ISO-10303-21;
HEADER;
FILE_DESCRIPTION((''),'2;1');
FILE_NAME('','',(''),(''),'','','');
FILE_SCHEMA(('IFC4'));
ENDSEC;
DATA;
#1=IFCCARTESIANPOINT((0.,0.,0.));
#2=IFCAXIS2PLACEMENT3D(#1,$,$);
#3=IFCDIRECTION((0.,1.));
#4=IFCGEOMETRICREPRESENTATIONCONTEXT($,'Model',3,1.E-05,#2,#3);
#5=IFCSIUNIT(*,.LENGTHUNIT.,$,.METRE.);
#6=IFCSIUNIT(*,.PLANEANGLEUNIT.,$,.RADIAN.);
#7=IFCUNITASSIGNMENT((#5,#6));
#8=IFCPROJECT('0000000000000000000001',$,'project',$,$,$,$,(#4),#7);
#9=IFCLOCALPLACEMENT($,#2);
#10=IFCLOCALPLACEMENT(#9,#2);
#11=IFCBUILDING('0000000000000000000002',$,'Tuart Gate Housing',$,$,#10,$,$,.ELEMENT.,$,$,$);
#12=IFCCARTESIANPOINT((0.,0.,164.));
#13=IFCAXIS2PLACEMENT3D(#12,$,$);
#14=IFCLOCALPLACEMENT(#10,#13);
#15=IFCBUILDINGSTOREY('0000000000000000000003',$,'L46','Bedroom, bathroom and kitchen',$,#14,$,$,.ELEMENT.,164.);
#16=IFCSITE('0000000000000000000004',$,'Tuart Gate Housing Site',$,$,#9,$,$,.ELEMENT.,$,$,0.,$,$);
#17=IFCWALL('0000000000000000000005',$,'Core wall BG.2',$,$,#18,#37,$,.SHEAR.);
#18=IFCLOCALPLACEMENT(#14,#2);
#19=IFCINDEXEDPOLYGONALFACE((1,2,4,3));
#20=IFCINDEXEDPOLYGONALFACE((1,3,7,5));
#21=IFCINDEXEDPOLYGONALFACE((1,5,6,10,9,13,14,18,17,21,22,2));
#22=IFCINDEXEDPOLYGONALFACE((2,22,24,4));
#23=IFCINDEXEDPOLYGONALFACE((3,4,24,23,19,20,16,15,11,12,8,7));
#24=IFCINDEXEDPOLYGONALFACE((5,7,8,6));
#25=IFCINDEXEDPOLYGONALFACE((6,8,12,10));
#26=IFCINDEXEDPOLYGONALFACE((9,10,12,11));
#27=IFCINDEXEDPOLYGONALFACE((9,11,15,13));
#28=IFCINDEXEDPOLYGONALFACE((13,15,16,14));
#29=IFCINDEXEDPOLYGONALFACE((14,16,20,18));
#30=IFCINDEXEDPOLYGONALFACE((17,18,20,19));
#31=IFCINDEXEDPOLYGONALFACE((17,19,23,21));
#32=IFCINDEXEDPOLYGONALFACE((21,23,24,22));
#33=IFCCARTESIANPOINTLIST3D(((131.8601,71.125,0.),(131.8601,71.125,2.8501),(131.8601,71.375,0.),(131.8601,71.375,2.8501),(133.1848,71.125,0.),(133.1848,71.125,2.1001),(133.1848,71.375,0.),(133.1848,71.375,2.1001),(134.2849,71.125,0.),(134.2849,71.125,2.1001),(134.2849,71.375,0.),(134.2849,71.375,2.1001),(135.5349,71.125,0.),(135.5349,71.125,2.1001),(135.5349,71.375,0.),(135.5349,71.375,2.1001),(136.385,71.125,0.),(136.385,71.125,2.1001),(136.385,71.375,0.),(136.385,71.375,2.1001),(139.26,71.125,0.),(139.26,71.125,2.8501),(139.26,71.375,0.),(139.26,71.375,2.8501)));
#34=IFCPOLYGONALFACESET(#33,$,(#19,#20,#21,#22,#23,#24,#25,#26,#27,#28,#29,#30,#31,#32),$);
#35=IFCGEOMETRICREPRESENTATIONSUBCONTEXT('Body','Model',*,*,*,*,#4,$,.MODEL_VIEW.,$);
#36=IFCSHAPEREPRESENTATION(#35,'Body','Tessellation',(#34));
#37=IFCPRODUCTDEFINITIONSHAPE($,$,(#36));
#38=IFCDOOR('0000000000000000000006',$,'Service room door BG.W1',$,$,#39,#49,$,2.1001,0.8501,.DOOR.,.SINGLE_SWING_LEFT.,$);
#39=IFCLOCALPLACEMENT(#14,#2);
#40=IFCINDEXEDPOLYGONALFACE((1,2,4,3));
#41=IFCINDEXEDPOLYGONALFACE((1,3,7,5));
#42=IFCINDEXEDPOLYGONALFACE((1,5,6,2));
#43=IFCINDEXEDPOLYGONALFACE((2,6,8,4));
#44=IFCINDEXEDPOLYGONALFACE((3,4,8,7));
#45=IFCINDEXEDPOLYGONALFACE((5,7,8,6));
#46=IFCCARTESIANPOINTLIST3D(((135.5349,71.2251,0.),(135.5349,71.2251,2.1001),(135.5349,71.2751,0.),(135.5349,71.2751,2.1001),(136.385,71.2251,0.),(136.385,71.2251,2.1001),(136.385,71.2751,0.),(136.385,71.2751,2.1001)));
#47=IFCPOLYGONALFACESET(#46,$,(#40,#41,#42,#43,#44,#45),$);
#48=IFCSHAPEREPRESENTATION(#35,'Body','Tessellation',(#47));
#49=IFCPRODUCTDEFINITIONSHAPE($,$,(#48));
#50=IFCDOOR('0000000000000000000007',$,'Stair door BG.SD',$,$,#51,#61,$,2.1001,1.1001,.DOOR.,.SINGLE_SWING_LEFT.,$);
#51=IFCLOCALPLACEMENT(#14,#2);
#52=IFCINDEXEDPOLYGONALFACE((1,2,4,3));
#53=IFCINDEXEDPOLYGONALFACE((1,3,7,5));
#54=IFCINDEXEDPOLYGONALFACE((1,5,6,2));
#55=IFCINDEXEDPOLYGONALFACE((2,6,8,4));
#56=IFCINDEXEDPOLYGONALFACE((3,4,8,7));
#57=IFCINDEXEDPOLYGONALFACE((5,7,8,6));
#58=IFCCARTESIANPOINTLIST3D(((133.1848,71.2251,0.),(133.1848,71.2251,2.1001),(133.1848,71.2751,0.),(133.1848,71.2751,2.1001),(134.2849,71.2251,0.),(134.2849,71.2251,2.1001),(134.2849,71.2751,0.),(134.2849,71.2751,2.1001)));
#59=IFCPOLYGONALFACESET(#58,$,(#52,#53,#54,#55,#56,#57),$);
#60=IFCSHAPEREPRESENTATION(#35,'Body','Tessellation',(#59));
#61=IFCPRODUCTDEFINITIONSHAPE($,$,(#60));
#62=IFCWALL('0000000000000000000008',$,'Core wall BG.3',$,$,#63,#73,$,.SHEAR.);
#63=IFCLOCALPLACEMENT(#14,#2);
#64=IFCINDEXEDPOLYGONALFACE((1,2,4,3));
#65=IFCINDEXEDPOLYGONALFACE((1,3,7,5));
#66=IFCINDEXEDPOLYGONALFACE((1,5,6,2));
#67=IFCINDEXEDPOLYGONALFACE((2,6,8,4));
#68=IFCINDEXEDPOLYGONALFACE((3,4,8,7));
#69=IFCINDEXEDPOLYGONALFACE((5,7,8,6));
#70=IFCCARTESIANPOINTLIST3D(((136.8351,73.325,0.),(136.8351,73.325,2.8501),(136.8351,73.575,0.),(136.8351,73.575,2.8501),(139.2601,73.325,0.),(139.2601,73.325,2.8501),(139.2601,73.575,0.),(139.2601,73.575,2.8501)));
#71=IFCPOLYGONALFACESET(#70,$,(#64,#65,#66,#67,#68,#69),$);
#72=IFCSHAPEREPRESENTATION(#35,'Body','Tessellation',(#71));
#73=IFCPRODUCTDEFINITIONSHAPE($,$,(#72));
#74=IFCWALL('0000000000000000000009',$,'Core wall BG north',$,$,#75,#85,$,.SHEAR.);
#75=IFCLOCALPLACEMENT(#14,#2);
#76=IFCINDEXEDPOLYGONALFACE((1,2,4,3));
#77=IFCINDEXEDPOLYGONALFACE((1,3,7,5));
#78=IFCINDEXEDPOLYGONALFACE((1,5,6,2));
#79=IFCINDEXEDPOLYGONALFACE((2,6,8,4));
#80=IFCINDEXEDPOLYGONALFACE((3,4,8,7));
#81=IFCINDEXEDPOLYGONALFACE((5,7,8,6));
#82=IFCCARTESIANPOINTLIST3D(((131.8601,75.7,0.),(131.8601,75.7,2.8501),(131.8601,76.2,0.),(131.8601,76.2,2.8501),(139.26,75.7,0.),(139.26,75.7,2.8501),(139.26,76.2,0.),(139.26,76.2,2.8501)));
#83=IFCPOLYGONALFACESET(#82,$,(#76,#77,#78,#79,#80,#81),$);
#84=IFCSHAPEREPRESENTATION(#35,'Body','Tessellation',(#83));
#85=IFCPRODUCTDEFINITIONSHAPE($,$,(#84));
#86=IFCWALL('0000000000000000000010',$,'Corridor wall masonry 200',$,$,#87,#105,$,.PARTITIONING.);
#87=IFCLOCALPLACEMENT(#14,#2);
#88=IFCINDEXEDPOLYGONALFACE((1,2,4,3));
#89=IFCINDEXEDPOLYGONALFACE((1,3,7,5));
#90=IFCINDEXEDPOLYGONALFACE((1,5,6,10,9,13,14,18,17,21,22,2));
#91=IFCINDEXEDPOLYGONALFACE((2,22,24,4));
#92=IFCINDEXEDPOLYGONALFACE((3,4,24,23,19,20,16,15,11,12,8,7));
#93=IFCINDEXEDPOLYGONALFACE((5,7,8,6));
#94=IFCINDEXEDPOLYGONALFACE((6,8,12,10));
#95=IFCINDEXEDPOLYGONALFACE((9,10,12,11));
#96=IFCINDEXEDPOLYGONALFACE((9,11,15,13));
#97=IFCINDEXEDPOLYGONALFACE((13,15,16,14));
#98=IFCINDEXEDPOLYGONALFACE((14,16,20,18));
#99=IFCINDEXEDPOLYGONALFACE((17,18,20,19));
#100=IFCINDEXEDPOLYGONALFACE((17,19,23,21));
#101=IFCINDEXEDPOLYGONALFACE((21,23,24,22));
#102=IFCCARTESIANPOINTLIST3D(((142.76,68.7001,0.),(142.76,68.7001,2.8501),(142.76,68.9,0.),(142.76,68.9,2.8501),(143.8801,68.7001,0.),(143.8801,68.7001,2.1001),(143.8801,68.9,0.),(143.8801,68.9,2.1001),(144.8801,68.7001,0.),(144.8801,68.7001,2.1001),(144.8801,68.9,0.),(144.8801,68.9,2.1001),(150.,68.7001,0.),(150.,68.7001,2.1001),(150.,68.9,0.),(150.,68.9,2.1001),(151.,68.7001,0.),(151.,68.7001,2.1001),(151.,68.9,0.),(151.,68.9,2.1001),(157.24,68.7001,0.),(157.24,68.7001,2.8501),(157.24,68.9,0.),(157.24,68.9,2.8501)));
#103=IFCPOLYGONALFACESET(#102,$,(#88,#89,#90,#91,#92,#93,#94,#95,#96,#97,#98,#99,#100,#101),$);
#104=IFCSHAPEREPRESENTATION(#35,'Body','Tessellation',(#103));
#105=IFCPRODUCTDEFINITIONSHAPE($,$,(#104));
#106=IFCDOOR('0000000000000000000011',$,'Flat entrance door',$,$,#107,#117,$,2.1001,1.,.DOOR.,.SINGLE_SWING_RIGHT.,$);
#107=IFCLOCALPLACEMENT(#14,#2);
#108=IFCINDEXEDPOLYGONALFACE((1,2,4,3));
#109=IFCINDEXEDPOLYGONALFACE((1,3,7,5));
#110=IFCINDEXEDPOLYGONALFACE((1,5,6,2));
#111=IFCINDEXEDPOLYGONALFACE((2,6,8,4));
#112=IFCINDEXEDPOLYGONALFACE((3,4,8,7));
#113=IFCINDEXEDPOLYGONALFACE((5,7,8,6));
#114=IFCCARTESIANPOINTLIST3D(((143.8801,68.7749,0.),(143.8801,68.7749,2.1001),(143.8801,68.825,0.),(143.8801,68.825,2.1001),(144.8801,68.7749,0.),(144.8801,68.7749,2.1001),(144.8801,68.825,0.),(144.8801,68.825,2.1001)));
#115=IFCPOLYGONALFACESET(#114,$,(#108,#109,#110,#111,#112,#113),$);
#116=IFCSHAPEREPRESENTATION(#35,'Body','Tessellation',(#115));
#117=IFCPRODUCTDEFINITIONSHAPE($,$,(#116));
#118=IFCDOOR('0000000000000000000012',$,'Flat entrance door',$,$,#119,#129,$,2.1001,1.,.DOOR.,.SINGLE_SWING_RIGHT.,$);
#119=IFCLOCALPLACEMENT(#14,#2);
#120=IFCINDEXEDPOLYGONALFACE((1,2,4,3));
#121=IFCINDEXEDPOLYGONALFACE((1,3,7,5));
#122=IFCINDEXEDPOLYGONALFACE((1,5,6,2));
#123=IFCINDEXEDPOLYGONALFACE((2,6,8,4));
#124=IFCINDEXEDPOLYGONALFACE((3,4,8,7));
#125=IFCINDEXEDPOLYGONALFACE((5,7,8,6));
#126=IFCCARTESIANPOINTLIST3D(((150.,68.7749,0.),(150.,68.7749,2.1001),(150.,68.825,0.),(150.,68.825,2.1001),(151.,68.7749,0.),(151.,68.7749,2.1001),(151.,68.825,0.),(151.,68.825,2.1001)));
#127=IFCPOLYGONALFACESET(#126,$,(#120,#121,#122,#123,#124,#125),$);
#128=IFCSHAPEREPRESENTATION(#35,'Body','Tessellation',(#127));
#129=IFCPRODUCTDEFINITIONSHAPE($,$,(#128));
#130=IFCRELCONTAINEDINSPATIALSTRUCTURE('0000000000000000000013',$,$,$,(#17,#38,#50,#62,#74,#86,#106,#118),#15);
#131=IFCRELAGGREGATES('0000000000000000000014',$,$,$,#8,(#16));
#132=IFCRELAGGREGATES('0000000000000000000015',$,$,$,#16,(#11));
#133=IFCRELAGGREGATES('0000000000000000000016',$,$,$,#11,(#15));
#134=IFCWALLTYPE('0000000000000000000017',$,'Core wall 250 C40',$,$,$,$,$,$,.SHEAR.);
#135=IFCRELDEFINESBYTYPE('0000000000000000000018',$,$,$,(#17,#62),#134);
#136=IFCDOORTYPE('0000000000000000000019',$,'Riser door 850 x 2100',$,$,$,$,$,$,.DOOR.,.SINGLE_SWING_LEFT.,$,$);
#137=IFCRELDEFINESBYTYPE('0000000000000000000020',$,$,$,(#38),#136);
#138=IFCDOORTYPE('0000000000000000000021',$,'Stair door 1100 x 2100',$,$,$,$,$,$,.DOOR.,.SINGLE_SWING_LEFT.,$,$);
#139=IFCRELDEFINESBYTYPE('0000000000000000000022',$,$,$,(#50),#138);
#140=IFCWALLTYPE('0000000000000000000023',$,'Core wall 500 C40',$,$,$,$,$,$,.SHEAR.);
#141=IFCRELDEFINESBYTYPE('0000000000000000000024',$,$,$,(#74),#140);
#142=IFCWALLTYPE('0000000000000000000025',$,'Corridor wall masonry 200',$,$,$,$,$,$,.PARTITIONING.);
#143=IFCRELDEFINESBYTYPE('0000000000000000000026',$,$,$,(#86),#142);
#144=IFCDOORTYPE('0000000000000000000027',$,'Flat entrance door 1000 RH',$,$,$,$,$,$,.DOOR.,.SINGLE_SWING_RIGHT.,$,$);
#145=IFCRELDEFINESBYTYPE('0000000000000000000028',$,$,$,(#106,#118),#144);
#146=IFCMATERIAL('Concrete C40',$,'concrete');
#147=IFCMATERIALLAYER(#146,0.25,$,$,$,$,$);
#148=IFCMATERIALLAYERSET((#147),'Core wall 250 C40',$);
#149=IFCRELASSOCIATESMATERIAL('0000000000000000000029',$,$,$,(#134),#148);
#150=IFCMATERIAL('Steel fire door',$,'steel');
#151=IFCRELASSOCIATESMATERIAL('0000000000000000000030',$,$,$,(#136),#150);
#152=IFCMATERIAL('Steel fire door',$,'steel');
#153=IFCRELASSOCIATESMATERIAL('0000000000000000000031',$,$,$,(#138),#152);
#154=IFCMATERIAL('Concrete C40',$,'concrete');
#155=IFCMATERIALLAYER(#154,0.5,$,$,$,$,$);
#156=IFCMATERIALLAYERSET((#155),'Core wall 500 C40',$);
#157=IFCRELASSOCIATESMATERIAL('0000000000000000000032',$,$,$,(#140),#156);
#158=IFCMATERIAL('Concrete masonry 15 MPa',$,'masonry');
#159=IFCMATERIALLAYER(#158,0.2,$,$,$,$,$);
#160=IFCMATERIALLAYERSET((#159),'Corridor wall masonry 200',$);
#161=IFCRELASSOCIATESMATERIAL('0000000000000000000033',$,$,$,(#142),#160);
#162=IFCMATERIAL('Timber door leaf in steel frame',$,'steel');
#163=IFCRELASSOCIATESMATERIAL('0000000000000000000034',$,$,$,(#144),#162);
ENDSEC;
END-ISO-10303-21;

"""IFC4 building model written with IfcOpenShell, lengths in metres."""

from ifc_helpers import new_model, si_unit, direction, frame, frame_2d, origin, place, context, subcontext, project, spatial, rectangle, extrude, material, layer, layer_set, type_object, element, fill, save


model = new_model("IFC4")

# Units and contexts
model_context = context("Model", 3, precision=1e-05, world=origin(), true_north=direction((0.0, 1.0)))
body_context = subcontext(model_context, "Body", "Model", "MODEL_VIEW")
ifc_project = project(units=[si_unit("LENGTHUNIT", "METRE"), si_unit("PLANEANGLEUNIT", "RADIAN")], contexts=[model_context])

# Site, building, storey
site_placement = place(None, origin())
site = spatial("IfcSite", under=ifc_project, at=site_placement, Name="Tuart Gate Housing Site", CompositionType="ELEMENT", RefElevation=0.0)
building_placement = place(site_placement, origin())
building = spatial("IfcBuilding", under=site, at=building_placement, Name="Tuart Gate Housing", CompositionType="ELEMENT")
storey_placement = place(building_placement, frame((0.0, 0.0, 164.0)))
storey = spatial("IfcBuildingStorey", under=building, at=storey_placement, Name="L46", Description="Bedroom, bathroom and kitchen", CompositionType="ELEMENT", Elevation=164.0)

# Wall, openings, doors
ifc_material_1 = material(Name="Concrete C40", Category="concrete")
ifc_layer_1 = layer(ifc_material_1, 0.25)
ifc_layer_set_1 = layer_set([ifc_layer_1], Name="Core wall 250 C40")
wall_type_1 = type_object("IfcWallType", Name="Core wall 250 C40", PredefinedType="SHEAR", material=ifc_layer_set_1)
wall_1_placement = place(storey_placement, frame((139.26, 71.25, 0.0), z_axis=(0.0, 0.0, 1.0), x_axis=(-1.0, 0.0, 0.0)))
wall_1 = element("IfcWall", 1, at=wall_1_placement, inside=storey, type_object=wall_type_1, Name="Core wall BG.2", PredefinedType="SHEAR", context=body_context, shape_type="SweptSolid", body=[
    extrude(rectangle(XDim=7.3999, YDim=0.25, at=frame_2d((3.7, 0.0))), origin(), (0.0, 0.0, 1.0), 2.8501),
])
opening_1_placement = place(wall_1_placement, frame((4.9751, 0.0, 0.0)))
opening_1 = element("IfcOpeningElement", 2, at=opening_1_placement, cuts=wall_1, PredefinedType="OPENING", context=body_context, shape_type="SweptSolid", body=[
    extrude(rectangle(XDim=1.1001, YDim=2.1001, at=frame_2d((0.55, 1.05))), frame((0.0, 0.135, 0.0), z_axis=(0.0, -1.0, 0.0), x_axis=(1.0, 0.0, 0.0)), (0.0, 0.0, 1.0), 0.27),
])
opening_2_placement = place(wall_1_placement, frame((2.875, 0.0, 0.0)))
opening_2 = element("IfcOpeningElement", 3, at=opening_2_placement, cuts=wall_1, PredefinedType="OPENING", context=body_context, shape_type="SweptSolid", body=[
    extrude(rectangle(XDim=0.8501, YDim=2.1001, at=frame_2d((0.425, 1.05))), frame((0.0, 0.135, 0.0), z_axis=(0.0, -1.0, 0.0), x_axis=(1.0, 0.0, 0.0)), (0.0, 0.0, 1.0), 0.27),
])
ifc_material_2 = material(Name="Steel fire door", Category="steel")
door_type_1 = type_object("IfcDoorType", Name="Riser door 850 x 2100", OperationType="SINGLE_SWING_LEFT", PredefinedType="DOOR", material=ifc_material_2)
door_1_placement = place(opening_2_placement, origin())
door_1 = element("IfcDoor", 4, at=door_1_placement, inside=storey, type_object=door_type_1, Name="Service room door BG.W1", OperationType="SINGLE_SWING_LEFT", OverallHeight=2.1001, OverallWidth=0.8501, PredefinedType="DOOR", context=body_context, shape_type="SweptSolid", body=[
    extrude(rectangle(XDim=0.8501, YDim=2.1001, at=frame_2d((0.425, 1.05))), frame((0.0, 0.0249, 0.0), z_axis=(0.0, -1.0, 0.0), x_axis=(1.0, 0.0, 0.0)), (0.0, 0.0, 1.0), 0.05),
])
fill(opening_2, door_1)
ifc_material_3 = material(Name="Steel fire door", Category="steel")
door_type_2 = type_object("IfcDoorType", Name="Stair door 1100 x 2100", OperationType="SINGLE_SWING_LEFT", PredefinedType="DOOR", material=ifc_material_3)
door_2_placement = place(opening_1_placement, origin())
door_2 = element("IfcDoor", 5, at=door_2_placement, inside=storey, type_object=door_type_2, Name="Stair door BG.SD", OperationType="SINGLE_SWING_LEFT", OverallHeight=2.1001, OverallWidth=1.1001, PredefinedType="DOOR", context=body_context, shape_type="SweptSolid", body=[
    extrude(rectangle(XDim=1.1001, YDim=2.1001, at=frame_2d((0.55, 1.05))), frame((0.0, 0.0249, 0.0), z_axis=(0.0, -1.0, 0.0), x_axis=(1.0, 0.0, 0.0)), (0.0, 0.0, 1.0), 0.05),
])
fill(opening_1, door_2)

# Walls
wall_2_placement = place(storey_placement, frame((139.26, 73.45, 0.0), z_axis=(0.0, 0.0, 1.0), x_axis=(-1.0, 0.0, 0.0)))
element("IfcWall", 6, at=wall_2_placement, inside=storey, type_object=wall_type_1, Name="Core wall BG.3", PredefinedType="SHEAR", context=body_context, shape_type="SweptSolid", body=[
    extrude(rectangle(XDim=2.425, YDim=0.25, at=frame_2d((1.2124, 0.0))), origin(), (0.0, 0.0, 1.0), 2.8501),
])
ifc_material_4 = material(Name="Concrete C40", Category="concrete")
ifc_layer_2 = layer(ifc_material_4, 0.5)
ifc_layer_set_2 = layer_set([ifc_layer_2], Name="Core wall 500 C40")
wall_type_2 = type_object("IfcWallType", Name="Core wall 500 C40", PredefinedType="SHEAR", material=ifc_layer_set_2)
wall_3_placement = place(storey_placement, frame((139.26, 75.95, 0.0), z_axis=(0.0, 0.0, 1.0), x_axis=(-1.0, 0.0, 0.0)))
element("IfcWall", 7, at=wall_3_placement, inside=storey, type_object=wall_type_2, Name="Core wall BG north", PredefinedType="SHEAR", context=body_context, shape_type="SweptSolid", body=[
    extrude(rectangle(XDim=7.3999, YDim=0.5, at=frame_2d((3.7, 0.0))), origin(), (0.0, 0.0, 1.0), 2.8501),
])

# Wall, openings, doors
ifc_material_5 = material(Name="Concrete masonry 15 MPa", Category="masonry")
ifc_layer_3 = layer(ifc_material_5, 0.2)
ifc_layer_set_3 = layer_set([ifc_layer_3], Name="Corridor wall masonry 200")
wall_type_3 = type_object("IfcWallType", Name="Corridor wall masonry 200", PredefinedType="PARTITIONING", material=ifc_layer_set_3)
wall_4_placement = place(storey_placement, frame((142.76, 68.8, 0.0), z_axis=(0.0, 0.0, 1.0), x_axis=(1.0, 0.0, 0.0)))
wall_4 = element("IfcWall", 8, at=wall_4_placement, inside=storey, type_object=wall_type_3, Name="Corridor wall masonry 200", PredefinedType="PARTITIONING", context=body_context, shape_type="SweptSolid", body=[
    extrude(rectangle(XDim=14.48, YDim=0.2, at=frame_2d((7.24, 0.0))), origin(), (0.0, 0.0, 1.0), 2.8501),
])
opening_3_placement = place(wall_4_placement, frame((1.1201, 0.0, 0.0)))
opening_3 = element("IfcOpeningElement", 9, at=opening_3_placement, cuts=wall_4, PredefinedType="OPENING", context=body_context, shape_type="SweptSolid", body=[
    extrude(rectangle(XDim=1.0, YDim=2.1001, at=frame_2d((0.5, 1.05))), frame((0.0, 0.1099, 0.0), z_axis=(0.0, -1.0, 0.0), x_axis=(1.0, 0.0, 0.0)), (0.0, 0.0, 1.0), 0.22),
])
opening_4_placement = place(wall_4_placement, frame((7.24, 0.0, 0.0)))
opening_4 = element("IfcOpeningElement", 10, at=opening_4_placement, cuts=wall_4, PredefinedType="OPENING", context=body_context, shape_type="SweptSolid", body=[
    extrude(rectangle(XDim=1.0, YDim=2.1001, at=frame_2d((0.5, 1.05))), frame((0.0, 0.1099, 0.0), z_axis=(0.0, -1.0, 0.0), x_axis=(1.0, 0.0, 0.0)), (0.0, 0.0, 1.0), 0.22),
])
ifc_material_6 = material(Name="Timber door leaf in steel frame", Category="steel")
door_type_3 = type_object("IfcDoorType", Name="Flat entrance door 1000 RH", OperationType="SINGLE_SWING_RIGHT", PredefinedType="DOOR", material=ifc_material_6)
door_3_placement = place(opening_3_placement, frame((1.0, 0.0, 0.0), z_axis=(0.0, 0.0, 1.0), x_axis=(-1.0, 0.0, 0.0)))
door_3 = element("IfcDoor", 11, at=door_3_placement, inside=storey, type_object=door_type_3, Name="Flat entrance door", OperationType="SINGLE_SWING_RIGHT", OverallHeight=2.1001, OverallWidth=1.0, PredefinedType="DOOR", context=body_context, shape_type="SweptSolid", body=[
    extrude(rectangle(XDim=1.0, YDim=2.1001, at=frame_2d((0.5, 1.05))), frame((0.0, 0.0251, 0.0), z_axis=(0.0, -1.0, 0.0), x_axis=(1.0, 0.0, 0.0)), (0.0, 0.0, 1.0), 0.05),
])
fill(opening_3, door_3)
door_4_placement = place(opening_4_placement, frame((1.0, 0.0, 0.0), z_axis=(0.0, 0.0, 1.0), x_axis=(-1.0, 0.0, 0.0)))
door_4 = element("IfcDoor", 12, at=door_4_placement, inside=storey, type_object=door_type_3, Name="Flat entrance door", OperationType="SINGLE_SWING_RIGHT", OverallHeight=2.1001, OverallWidth=1.0, PredefinedType="DOOR", context=body_context, shape_type="SweptSolid", body=[
    extrude(rectangle(XDim=1.0, YDim=2.1001, at=frame_2d((0.5, 1.05))), frame((0.0, 0.0251, 0.0), z_axis=(0.0, -1.0, 0.0), x_axis=(1.0, 0.0, 0.0)), (0.0, 0.0, 1.0), 0.05),
])
fill(opening_4, door_4)

save(model, "model.ifc")
